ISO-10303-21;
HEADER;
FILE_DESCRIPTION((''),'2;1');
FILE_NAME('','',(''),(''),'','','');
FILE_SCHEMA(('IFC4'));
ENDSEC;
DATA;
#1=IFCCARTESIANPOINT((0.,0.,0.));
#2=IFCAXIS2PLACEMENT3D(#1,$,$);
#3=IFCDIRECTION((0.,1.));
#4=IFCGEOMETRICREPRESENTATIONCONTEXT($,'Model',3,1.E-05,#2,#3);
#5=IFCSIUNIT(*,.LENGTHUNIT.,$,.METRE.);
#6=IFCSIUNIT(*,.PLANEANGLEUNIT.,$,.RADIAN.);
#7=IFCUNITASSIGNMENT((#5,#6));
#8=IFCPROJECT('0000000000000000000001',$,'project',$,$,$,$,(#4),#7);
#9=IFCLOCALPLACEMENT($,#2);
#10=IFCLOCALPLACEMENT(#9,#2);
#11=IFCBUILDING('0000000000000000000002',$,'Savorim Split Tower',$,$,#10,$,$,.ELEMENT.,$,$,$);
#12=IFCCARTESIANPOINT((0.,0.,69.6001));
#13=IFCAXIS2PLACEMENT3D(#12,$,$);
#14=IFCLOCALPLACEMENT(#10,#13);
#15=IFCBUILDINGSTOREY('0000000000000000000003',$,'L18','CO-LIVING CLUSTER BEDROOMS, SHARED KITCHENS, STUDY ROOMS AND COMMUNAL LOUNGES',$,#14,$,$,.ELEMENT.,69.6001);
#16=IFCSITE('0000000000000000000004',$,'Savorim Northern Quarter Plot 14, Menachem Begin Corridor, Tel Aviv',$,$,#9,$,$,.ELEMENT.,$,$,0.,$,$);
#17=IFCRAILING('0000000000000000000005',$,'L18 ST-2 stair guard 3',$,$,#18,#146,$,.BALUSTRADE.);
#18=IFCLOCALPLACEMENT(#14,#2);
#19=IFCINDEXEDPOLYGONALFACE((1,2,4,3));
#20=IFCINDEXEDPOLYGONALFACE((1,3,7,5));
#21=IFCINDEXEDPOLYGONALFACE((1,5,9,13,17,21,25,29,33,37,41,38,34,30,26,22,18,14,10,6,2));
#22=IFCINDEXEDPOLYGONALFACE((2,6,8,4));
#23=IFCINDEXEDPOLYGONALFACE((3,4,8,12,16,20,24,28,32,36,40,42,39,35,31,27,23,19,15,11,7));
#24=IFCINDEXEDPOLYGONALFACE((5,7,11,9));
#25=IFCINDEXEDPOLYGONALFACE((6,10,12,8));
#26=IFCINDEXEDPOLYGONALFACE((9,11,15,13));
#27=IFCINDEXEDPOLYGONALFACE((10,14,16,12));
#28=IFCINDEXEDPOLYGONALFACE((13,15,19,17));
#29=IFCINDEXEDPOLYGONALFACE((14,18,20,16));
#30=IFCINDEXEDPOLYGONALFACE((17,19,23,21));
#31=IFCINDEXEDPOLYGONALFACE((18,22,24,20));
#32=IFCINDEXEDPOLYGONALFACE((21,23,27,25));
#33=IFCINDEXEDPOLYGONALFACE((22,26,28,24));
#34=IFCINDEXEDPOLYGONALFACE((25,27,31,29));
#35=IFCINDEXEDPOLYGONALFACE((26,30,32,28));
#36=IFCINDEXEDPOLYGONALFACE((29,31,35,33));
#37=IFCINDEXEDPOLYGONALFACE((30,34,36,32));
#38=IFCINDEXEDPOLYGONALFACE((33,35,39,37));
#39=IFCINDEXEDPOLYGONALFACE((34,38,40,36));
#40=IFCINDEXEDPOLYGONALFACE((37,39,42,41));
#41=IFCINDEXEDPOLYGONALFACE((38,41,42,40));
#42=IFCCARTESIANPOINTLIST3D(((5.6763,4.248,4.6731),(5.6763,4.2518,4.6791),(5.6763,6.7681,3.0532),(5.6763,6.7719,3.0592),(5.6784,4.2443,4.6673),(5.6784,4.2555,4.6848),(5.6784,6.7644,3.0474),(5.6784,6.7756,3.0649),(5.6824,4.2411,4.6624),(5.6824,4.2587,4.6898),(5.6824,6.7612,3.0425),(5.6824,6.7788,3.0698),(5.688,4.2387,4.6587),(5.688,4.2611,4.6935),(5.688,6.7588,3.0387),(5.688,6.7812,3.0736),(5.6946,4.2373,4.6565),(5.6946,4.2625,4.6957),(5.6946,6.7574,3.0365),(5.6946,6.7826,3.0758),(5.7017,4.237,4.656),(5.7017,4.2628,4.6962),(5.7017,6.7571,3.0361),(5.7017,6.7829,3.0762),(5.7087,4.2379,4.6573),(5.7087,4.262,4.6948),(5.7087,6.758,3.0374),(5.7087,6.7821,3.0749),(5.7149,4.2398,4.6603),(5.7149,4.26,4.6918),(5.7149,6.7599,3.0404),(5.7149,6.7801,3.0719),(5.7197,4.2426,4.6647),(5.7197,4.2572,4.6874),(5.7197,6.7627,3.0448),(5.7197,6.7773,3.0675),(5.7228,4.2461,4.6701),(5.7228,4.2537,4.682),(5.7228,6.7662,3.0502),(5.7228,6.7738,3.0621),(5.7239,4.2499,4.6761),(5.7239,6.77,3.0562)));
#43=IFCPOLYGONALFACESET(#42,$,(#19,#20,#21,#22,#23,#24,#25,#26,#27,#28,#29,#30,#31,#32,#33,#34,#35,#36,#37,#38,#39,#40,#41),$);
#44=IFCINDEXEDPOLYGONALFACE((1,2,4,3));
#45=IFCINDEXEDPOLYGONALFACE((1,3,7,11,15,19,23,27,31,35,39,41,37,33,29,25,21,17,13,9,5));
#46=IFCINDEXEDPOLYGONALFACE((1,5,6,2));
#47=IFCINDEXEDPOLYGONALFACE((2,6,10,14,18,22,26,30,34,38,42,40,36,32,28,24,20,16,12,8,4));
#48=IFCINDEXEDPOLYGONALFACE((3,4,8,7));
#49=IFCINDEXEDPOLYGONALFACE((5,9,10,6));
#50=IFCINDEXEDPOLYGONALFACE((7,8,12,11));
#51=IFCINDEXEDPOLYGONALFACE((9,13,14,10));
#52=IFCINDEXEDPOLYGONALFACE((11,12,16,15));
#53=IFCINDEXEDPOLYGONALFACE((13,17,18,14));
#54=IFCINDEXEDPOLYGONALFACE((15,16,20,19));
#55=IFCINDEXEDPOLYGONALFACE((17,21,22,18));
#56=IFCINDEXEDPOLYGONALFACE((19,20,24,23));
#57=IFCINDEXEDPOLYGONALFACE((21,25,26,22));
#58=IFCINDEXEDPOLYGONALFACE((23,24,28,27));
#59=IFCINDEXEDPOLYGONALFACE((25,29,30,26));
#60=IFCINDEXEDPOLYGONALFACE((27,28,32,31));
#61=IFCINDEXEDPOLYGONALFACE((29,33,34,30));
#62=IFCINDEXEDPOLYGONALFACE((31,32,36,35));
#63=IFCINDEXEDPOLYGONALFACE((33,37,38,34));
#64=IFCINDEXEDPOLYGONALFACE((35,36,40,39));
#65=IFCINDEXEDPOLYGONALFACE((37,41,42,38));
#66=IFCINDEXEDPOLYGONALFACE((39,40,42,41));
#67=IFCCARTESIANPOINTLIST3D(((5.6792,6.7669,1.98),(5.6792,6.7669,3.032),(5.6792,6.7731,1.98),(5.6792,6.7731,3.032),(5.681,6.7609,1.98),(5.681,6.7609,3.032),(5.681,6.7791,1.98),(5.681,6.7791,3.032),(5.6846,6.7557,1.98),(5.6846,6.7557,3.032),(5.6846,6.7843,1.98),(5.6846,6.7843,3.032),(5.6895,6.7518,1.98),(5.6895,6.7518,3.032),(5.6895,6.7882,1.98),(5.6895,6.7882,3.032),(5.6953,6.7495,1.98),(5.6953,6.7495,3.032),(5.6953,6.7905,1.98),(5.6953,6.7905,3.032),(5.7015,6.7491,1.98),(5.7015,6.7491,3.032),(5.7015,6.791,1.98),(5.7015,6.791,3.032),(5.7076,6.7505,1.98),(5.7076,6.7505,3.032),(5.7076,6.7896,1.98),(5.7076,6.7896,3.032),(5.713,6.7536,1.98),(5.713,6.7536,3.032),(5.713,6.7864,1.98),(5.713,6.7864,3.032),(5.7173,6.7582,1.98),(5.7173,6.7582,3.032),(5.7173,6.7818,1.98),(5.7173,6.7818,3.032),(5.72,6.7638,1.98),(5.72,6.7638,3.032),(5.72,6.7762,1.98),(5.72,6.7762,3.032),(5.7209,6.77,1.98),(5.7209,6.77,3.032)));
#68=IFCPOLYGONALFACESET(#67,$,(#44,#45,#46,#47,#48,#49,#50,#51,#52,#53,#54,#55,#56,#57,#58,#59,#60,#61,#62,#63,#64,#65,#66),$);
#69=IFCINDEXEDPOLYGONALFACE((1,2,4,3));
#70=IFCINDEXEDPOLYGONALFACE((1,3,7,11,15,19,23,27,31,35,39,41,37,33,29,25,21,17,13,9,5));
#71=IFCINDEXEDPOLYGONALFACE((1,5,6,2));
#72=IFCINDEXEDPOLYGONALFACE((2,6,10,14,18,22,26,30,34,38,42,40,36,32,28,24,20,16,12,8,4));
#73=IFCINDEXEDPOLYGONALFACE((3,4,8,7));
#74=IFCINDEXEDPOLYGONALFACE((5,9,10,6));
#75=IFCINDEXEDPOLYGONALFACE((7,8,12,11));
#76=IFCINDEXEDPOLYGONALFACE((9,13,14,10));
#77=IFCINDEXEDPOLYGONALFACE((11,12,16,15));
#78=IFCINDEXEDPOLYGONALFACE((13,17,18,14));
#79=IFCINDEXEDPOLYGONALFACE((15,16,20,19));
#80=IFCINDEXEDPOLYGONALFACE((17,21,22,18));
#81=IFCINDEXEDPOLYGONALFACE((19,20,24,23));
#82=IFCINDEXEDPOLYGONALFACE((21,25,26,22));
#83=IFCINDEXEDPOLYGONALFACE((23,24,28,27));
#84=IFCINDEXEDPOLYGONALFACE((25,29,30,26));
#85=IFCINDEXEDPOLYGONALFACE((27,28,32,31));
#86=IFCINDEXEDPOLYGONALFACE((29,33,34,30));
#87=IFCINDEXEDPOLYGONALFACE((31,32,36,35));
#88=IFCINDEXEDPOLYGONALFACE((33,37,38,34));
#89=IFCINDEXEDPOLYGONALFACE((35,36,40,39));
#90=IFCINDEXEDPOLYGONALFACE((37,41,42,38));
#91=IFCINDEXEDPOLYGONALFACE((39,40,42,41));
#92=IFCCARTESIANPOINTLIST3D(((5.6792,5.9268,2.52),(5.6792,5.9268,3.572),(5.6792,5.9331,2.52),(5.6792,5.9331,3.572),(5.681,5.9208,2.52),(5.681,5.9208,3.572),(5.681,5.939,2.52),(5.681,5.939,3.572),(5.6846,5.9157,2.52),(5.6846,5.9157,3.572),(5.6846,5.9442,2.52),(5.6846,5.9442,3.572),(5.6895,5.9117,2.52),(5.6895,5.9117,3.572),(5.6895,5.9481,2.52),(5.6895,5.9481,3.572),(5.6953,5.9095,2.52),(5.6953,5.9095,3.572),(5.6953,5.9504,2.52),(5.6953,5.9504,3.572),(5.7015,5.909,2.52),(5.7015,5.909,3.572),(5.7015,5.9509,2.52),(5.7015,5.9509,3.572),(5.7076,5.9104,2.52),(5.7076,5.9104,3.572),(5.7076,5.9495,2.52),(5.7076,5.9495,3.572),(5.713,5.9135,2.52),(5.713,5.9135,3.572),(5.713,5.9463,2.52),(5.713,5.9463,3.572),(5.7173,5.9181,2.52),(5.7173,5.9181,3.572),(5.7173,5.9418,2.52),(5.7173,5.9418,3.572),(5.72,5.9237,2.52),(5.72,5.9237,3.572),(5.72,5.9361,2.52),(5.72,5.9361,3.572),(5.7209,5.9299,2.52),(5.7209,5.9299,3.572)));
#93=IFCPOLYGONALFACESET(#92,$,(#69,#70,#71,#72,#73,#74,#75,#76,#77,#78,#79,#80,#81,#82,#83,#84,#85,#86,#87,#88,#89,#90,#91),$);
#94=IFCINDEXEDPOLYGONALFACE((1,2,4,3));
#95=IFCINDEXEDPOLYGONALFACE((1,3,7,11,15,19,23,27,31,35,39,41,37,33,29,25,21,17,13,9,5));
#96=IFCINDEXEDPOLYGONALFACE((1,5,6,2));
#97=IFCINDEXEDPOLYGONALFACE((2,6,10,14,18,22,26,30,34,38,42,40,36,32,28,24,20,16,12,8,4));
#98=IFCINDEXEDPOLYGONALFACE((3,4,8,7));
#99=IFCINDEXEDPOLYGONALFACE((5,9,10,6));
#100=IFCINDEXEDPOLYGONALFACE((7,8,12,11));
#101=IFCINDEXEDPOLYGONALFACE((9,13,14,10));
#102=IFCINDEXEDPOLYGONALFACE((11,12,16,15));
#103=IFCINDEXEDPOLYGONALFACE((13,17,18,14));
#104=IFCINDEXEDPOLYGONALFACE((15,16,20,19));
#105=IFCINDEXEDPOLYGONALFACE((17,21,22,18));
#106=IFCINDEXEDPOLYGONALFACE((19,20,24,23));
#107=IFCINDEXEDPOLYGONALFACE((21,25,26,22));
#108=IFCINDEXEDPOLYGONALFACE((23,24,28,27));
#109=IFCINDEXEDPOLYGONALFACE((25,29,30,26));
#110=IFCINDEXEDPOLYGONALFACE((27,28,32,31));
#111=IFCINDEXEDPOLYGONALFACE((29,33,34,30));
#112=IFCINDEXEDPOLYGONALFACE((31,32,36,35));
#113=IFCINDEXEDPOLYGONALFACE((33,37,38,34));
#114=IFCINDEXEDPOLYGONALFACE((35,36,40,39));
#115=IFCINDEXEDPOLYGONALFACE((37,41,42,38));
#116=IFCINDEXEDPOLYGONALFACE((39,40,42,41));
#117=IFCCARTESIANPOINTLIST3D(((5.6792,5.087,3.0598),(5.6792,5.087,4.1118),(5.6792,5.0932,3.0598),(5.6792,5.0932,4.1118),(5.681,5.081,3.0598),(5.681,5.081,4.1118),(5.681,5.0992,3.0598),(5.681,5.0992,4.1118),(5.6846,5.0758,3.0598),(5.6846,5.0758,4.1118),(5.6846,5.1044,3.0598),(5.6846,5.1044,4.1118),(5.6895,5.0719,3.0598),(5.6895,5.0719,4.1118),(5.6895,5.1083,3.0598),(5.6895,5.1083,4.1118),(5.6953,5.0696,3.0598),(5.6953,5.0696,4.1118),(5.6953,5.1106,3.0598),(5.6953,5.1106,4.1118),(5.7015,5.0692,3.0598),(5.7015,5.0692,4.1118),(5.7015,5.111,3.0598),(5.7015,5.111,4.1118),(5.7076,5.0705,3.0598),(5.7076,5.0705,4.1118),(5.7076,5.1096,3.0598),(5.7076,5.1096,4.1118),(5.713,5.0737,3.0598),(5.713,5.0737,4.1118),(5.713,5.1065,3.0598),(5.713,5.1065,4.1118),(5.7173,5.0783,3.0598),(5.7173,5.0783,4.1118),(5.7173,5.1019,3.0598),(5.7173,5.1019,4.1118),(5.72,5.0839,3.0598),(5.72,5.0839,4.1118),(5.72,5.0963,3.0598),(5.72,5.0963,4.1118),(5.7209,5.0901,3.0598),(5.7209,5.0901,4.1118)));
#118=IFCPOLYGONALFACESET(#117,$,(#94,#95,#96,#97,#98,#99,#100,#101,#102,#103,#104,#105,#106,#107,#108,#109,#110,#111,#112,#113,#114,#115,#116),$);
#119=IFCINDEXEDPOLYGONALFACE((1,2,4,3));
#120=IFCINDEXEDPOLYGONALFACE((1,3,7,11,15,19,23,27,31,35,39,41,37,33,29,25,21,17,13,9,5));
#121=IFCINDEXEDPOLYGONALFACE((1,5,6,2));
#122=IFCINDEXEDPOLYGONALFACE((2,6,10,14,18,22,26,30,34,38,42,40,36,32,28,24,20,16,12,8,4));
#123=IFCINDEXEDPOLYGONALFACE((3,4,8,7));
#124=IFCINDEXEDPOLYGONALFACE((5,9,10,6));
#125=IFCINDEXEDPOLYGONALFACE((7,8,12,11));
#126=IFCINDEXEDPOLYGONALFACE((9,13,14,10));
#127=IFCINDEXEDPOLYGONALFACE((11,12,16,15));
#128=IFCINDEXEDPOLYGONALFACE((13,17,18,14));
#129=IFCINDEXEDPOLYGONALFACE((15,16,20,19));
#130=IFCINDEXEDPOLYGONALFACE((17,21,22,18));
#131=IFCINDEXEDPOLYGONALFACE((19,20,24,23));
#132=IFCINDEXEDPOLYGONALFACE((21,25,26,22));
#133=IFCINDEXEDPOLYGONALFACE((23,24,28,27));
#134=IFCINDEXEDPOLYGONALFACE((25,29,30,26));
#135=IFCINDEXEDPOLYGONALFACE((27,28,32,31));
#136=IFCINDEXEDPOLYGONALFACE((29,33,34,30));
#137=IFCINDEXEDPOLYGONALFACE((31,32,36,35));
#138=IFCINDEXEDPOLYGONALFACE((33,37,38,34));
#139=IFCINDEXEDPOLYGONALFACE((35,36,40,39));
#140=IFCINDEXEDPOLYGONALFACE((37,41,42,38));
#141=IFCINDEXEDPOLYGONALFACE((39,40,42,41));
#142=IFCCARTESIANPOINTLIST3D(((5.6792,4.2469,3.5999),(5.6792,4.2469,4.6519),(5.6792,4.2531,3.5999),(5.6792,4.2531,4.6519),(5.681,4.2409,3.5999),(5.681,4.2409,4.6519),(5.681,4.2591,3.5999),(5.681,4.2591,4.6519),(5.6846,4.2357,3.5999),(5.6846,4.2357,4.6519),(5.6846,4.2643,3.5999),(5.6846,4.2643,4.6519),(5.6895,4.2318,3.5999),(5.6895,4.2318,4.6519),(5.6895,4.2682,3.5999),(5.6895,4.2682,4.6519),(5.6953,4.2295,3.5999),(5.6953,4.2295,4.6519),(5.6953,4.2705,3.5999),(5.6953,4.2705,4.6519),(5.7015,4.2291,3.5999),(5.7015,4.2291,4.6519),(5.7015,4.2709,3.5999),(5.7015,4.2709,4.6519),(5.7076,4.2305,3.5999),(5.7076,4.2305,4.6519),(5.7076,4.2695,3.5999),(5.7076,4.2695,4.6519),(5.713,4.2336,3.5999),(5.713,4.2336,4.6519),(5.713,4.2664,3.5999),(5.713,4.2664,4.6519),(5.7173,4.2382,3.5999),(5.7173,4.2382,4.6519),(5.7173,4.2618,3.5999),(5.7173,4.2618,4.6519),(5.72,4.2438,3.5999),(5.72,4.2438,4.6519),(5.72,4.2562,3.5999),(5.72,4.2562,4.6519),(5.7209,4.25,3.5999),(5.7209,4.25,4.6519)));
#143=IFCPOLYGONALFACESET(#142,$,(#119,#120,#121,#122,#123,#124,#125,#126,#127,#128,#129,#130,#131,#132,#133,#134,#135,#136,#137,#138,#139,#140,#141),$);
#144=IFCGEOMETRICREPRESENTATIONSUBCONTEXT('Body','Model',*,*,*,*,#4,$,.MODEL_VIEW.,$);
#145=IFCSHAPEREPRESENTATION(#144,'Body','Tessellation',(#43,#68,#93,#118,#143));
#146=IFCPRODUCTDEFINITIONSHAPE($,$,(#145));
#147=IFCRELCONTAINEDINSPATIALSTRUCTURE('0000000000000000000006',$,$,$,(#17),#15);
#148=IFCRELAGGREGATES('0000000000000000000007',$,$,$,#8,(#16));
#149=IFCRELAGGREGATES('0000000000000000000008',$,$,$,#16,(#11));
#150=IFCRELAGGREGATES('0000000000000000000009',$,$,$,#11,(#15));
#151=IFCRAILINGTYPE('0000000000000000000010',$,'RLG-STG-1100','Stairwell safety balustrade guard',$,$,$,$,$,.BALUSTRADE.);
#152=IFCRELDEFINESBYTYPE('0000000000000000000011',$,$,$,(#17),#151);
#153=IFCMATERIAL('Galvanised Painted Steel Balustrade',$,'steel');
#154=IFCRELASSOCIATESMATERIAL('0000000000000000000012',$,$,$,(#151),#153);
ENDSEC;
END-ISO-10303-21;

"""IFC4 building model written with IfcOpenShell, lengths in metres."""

from ifc_helpers import new_model, si_unit, direction, frame, origin, origin_2d, place, context, subcontext, project, spatial, circle, extrude, material, type_object, element, save


model = new_model("IFC4")

# Units and contexts
model_context = context("Model", 3, precision=1e-05, world=origin(), true_north=direction((0.0, 1.0)))
body_context = subcontext(model_context, "Body", "Model", "MODEL_VIEW")
ifc_project = project(units=[si_unit("LENGTHUNIT", "METRE"), si_unit("PLANEANGLEUNIT", "RADIAN")], contexts=[model_context])

# Site, building, storey
site_placement = place(None, origin())
site = spatial("IfcSite", under=ifc_project, at=site_placement, Name="Savorim Northern Quarter Plot 14, Menachem Begin Corridor, Tel Aviv", CompositionType="ELEMENT", RefElevation=0.0)
building_placement = place(site_placement, origin())
building = spatial("IfcBuilding", under=site, at=building_placement, Name="Savorim Split Tower", CompositionType="ELEMENT")
storey_placement = place(building_placement, frame((0.0, 0.0, 69.6001)))
storey = spatial("IfcBuildingStorey", under=building, at=storey_placement, Name="L18", Description="CO-LIVING CLUSTER BEDROOMS, SHARED KITCHENS, STUDY ROOMS AND COMMUNAL LOUNGES", CompositionType="ELEMENT", Elevation=69.6001)

# Railing
ifc_material_1 = material(Name="Galvanised Painted Steel Balustrade", Category="steel")
railing_type_1 = type_object("IfcRailingType", Name="RLG-STG-1100", Description="Stairwell safety balustrade guard", PredefinedType="BALUSTRADE", material=ifc_material_1)
railing_1_placement = place(storey_placement, frame((5.7, 6.77, 1.98)))
element("IfcRailing", 1, at=railing_1_placement, inside=storey, type_object=railing_type_1, Name="L18 ST-2 stair guard 3", PredefinedType="BALUSTRADE", context=body_context, shape_type="SweptSolid", body=[
    extrude(circle(Radius=0.0239, at=origin_2d()), frame((0.0, 0.0, 1.0762), z_axis=(0.0, -0.8412, 0.540725), x_axis=(1.0, 0.0, 0.0)), (0.0, 0.0, 1.0), 2.9958),
    extrude(circle(Radius=0.021, at=origin_2d()), origin(), (0.0, 0.0, 1.0), 1.052),
    extrude(circle(Radius=0.021, at=origin_2d()), frame((0.0, -0.8401, 0.54)), (0.0, 0.0, 1.0), 1.052),
    extrude(circle(Radius=0.021, at=origin_2d()), frame((0.0, -1.6799, 1.0798)), (0.0, 0.0, 1.0), 1.052),
    extrude(circle(Radius=0.021, at=origin_2d()), frame((0.0, -2.52, 1.6199)), (0.0, 0.0, 1.0), 1.052),
])

save(model, "model.ifc")
